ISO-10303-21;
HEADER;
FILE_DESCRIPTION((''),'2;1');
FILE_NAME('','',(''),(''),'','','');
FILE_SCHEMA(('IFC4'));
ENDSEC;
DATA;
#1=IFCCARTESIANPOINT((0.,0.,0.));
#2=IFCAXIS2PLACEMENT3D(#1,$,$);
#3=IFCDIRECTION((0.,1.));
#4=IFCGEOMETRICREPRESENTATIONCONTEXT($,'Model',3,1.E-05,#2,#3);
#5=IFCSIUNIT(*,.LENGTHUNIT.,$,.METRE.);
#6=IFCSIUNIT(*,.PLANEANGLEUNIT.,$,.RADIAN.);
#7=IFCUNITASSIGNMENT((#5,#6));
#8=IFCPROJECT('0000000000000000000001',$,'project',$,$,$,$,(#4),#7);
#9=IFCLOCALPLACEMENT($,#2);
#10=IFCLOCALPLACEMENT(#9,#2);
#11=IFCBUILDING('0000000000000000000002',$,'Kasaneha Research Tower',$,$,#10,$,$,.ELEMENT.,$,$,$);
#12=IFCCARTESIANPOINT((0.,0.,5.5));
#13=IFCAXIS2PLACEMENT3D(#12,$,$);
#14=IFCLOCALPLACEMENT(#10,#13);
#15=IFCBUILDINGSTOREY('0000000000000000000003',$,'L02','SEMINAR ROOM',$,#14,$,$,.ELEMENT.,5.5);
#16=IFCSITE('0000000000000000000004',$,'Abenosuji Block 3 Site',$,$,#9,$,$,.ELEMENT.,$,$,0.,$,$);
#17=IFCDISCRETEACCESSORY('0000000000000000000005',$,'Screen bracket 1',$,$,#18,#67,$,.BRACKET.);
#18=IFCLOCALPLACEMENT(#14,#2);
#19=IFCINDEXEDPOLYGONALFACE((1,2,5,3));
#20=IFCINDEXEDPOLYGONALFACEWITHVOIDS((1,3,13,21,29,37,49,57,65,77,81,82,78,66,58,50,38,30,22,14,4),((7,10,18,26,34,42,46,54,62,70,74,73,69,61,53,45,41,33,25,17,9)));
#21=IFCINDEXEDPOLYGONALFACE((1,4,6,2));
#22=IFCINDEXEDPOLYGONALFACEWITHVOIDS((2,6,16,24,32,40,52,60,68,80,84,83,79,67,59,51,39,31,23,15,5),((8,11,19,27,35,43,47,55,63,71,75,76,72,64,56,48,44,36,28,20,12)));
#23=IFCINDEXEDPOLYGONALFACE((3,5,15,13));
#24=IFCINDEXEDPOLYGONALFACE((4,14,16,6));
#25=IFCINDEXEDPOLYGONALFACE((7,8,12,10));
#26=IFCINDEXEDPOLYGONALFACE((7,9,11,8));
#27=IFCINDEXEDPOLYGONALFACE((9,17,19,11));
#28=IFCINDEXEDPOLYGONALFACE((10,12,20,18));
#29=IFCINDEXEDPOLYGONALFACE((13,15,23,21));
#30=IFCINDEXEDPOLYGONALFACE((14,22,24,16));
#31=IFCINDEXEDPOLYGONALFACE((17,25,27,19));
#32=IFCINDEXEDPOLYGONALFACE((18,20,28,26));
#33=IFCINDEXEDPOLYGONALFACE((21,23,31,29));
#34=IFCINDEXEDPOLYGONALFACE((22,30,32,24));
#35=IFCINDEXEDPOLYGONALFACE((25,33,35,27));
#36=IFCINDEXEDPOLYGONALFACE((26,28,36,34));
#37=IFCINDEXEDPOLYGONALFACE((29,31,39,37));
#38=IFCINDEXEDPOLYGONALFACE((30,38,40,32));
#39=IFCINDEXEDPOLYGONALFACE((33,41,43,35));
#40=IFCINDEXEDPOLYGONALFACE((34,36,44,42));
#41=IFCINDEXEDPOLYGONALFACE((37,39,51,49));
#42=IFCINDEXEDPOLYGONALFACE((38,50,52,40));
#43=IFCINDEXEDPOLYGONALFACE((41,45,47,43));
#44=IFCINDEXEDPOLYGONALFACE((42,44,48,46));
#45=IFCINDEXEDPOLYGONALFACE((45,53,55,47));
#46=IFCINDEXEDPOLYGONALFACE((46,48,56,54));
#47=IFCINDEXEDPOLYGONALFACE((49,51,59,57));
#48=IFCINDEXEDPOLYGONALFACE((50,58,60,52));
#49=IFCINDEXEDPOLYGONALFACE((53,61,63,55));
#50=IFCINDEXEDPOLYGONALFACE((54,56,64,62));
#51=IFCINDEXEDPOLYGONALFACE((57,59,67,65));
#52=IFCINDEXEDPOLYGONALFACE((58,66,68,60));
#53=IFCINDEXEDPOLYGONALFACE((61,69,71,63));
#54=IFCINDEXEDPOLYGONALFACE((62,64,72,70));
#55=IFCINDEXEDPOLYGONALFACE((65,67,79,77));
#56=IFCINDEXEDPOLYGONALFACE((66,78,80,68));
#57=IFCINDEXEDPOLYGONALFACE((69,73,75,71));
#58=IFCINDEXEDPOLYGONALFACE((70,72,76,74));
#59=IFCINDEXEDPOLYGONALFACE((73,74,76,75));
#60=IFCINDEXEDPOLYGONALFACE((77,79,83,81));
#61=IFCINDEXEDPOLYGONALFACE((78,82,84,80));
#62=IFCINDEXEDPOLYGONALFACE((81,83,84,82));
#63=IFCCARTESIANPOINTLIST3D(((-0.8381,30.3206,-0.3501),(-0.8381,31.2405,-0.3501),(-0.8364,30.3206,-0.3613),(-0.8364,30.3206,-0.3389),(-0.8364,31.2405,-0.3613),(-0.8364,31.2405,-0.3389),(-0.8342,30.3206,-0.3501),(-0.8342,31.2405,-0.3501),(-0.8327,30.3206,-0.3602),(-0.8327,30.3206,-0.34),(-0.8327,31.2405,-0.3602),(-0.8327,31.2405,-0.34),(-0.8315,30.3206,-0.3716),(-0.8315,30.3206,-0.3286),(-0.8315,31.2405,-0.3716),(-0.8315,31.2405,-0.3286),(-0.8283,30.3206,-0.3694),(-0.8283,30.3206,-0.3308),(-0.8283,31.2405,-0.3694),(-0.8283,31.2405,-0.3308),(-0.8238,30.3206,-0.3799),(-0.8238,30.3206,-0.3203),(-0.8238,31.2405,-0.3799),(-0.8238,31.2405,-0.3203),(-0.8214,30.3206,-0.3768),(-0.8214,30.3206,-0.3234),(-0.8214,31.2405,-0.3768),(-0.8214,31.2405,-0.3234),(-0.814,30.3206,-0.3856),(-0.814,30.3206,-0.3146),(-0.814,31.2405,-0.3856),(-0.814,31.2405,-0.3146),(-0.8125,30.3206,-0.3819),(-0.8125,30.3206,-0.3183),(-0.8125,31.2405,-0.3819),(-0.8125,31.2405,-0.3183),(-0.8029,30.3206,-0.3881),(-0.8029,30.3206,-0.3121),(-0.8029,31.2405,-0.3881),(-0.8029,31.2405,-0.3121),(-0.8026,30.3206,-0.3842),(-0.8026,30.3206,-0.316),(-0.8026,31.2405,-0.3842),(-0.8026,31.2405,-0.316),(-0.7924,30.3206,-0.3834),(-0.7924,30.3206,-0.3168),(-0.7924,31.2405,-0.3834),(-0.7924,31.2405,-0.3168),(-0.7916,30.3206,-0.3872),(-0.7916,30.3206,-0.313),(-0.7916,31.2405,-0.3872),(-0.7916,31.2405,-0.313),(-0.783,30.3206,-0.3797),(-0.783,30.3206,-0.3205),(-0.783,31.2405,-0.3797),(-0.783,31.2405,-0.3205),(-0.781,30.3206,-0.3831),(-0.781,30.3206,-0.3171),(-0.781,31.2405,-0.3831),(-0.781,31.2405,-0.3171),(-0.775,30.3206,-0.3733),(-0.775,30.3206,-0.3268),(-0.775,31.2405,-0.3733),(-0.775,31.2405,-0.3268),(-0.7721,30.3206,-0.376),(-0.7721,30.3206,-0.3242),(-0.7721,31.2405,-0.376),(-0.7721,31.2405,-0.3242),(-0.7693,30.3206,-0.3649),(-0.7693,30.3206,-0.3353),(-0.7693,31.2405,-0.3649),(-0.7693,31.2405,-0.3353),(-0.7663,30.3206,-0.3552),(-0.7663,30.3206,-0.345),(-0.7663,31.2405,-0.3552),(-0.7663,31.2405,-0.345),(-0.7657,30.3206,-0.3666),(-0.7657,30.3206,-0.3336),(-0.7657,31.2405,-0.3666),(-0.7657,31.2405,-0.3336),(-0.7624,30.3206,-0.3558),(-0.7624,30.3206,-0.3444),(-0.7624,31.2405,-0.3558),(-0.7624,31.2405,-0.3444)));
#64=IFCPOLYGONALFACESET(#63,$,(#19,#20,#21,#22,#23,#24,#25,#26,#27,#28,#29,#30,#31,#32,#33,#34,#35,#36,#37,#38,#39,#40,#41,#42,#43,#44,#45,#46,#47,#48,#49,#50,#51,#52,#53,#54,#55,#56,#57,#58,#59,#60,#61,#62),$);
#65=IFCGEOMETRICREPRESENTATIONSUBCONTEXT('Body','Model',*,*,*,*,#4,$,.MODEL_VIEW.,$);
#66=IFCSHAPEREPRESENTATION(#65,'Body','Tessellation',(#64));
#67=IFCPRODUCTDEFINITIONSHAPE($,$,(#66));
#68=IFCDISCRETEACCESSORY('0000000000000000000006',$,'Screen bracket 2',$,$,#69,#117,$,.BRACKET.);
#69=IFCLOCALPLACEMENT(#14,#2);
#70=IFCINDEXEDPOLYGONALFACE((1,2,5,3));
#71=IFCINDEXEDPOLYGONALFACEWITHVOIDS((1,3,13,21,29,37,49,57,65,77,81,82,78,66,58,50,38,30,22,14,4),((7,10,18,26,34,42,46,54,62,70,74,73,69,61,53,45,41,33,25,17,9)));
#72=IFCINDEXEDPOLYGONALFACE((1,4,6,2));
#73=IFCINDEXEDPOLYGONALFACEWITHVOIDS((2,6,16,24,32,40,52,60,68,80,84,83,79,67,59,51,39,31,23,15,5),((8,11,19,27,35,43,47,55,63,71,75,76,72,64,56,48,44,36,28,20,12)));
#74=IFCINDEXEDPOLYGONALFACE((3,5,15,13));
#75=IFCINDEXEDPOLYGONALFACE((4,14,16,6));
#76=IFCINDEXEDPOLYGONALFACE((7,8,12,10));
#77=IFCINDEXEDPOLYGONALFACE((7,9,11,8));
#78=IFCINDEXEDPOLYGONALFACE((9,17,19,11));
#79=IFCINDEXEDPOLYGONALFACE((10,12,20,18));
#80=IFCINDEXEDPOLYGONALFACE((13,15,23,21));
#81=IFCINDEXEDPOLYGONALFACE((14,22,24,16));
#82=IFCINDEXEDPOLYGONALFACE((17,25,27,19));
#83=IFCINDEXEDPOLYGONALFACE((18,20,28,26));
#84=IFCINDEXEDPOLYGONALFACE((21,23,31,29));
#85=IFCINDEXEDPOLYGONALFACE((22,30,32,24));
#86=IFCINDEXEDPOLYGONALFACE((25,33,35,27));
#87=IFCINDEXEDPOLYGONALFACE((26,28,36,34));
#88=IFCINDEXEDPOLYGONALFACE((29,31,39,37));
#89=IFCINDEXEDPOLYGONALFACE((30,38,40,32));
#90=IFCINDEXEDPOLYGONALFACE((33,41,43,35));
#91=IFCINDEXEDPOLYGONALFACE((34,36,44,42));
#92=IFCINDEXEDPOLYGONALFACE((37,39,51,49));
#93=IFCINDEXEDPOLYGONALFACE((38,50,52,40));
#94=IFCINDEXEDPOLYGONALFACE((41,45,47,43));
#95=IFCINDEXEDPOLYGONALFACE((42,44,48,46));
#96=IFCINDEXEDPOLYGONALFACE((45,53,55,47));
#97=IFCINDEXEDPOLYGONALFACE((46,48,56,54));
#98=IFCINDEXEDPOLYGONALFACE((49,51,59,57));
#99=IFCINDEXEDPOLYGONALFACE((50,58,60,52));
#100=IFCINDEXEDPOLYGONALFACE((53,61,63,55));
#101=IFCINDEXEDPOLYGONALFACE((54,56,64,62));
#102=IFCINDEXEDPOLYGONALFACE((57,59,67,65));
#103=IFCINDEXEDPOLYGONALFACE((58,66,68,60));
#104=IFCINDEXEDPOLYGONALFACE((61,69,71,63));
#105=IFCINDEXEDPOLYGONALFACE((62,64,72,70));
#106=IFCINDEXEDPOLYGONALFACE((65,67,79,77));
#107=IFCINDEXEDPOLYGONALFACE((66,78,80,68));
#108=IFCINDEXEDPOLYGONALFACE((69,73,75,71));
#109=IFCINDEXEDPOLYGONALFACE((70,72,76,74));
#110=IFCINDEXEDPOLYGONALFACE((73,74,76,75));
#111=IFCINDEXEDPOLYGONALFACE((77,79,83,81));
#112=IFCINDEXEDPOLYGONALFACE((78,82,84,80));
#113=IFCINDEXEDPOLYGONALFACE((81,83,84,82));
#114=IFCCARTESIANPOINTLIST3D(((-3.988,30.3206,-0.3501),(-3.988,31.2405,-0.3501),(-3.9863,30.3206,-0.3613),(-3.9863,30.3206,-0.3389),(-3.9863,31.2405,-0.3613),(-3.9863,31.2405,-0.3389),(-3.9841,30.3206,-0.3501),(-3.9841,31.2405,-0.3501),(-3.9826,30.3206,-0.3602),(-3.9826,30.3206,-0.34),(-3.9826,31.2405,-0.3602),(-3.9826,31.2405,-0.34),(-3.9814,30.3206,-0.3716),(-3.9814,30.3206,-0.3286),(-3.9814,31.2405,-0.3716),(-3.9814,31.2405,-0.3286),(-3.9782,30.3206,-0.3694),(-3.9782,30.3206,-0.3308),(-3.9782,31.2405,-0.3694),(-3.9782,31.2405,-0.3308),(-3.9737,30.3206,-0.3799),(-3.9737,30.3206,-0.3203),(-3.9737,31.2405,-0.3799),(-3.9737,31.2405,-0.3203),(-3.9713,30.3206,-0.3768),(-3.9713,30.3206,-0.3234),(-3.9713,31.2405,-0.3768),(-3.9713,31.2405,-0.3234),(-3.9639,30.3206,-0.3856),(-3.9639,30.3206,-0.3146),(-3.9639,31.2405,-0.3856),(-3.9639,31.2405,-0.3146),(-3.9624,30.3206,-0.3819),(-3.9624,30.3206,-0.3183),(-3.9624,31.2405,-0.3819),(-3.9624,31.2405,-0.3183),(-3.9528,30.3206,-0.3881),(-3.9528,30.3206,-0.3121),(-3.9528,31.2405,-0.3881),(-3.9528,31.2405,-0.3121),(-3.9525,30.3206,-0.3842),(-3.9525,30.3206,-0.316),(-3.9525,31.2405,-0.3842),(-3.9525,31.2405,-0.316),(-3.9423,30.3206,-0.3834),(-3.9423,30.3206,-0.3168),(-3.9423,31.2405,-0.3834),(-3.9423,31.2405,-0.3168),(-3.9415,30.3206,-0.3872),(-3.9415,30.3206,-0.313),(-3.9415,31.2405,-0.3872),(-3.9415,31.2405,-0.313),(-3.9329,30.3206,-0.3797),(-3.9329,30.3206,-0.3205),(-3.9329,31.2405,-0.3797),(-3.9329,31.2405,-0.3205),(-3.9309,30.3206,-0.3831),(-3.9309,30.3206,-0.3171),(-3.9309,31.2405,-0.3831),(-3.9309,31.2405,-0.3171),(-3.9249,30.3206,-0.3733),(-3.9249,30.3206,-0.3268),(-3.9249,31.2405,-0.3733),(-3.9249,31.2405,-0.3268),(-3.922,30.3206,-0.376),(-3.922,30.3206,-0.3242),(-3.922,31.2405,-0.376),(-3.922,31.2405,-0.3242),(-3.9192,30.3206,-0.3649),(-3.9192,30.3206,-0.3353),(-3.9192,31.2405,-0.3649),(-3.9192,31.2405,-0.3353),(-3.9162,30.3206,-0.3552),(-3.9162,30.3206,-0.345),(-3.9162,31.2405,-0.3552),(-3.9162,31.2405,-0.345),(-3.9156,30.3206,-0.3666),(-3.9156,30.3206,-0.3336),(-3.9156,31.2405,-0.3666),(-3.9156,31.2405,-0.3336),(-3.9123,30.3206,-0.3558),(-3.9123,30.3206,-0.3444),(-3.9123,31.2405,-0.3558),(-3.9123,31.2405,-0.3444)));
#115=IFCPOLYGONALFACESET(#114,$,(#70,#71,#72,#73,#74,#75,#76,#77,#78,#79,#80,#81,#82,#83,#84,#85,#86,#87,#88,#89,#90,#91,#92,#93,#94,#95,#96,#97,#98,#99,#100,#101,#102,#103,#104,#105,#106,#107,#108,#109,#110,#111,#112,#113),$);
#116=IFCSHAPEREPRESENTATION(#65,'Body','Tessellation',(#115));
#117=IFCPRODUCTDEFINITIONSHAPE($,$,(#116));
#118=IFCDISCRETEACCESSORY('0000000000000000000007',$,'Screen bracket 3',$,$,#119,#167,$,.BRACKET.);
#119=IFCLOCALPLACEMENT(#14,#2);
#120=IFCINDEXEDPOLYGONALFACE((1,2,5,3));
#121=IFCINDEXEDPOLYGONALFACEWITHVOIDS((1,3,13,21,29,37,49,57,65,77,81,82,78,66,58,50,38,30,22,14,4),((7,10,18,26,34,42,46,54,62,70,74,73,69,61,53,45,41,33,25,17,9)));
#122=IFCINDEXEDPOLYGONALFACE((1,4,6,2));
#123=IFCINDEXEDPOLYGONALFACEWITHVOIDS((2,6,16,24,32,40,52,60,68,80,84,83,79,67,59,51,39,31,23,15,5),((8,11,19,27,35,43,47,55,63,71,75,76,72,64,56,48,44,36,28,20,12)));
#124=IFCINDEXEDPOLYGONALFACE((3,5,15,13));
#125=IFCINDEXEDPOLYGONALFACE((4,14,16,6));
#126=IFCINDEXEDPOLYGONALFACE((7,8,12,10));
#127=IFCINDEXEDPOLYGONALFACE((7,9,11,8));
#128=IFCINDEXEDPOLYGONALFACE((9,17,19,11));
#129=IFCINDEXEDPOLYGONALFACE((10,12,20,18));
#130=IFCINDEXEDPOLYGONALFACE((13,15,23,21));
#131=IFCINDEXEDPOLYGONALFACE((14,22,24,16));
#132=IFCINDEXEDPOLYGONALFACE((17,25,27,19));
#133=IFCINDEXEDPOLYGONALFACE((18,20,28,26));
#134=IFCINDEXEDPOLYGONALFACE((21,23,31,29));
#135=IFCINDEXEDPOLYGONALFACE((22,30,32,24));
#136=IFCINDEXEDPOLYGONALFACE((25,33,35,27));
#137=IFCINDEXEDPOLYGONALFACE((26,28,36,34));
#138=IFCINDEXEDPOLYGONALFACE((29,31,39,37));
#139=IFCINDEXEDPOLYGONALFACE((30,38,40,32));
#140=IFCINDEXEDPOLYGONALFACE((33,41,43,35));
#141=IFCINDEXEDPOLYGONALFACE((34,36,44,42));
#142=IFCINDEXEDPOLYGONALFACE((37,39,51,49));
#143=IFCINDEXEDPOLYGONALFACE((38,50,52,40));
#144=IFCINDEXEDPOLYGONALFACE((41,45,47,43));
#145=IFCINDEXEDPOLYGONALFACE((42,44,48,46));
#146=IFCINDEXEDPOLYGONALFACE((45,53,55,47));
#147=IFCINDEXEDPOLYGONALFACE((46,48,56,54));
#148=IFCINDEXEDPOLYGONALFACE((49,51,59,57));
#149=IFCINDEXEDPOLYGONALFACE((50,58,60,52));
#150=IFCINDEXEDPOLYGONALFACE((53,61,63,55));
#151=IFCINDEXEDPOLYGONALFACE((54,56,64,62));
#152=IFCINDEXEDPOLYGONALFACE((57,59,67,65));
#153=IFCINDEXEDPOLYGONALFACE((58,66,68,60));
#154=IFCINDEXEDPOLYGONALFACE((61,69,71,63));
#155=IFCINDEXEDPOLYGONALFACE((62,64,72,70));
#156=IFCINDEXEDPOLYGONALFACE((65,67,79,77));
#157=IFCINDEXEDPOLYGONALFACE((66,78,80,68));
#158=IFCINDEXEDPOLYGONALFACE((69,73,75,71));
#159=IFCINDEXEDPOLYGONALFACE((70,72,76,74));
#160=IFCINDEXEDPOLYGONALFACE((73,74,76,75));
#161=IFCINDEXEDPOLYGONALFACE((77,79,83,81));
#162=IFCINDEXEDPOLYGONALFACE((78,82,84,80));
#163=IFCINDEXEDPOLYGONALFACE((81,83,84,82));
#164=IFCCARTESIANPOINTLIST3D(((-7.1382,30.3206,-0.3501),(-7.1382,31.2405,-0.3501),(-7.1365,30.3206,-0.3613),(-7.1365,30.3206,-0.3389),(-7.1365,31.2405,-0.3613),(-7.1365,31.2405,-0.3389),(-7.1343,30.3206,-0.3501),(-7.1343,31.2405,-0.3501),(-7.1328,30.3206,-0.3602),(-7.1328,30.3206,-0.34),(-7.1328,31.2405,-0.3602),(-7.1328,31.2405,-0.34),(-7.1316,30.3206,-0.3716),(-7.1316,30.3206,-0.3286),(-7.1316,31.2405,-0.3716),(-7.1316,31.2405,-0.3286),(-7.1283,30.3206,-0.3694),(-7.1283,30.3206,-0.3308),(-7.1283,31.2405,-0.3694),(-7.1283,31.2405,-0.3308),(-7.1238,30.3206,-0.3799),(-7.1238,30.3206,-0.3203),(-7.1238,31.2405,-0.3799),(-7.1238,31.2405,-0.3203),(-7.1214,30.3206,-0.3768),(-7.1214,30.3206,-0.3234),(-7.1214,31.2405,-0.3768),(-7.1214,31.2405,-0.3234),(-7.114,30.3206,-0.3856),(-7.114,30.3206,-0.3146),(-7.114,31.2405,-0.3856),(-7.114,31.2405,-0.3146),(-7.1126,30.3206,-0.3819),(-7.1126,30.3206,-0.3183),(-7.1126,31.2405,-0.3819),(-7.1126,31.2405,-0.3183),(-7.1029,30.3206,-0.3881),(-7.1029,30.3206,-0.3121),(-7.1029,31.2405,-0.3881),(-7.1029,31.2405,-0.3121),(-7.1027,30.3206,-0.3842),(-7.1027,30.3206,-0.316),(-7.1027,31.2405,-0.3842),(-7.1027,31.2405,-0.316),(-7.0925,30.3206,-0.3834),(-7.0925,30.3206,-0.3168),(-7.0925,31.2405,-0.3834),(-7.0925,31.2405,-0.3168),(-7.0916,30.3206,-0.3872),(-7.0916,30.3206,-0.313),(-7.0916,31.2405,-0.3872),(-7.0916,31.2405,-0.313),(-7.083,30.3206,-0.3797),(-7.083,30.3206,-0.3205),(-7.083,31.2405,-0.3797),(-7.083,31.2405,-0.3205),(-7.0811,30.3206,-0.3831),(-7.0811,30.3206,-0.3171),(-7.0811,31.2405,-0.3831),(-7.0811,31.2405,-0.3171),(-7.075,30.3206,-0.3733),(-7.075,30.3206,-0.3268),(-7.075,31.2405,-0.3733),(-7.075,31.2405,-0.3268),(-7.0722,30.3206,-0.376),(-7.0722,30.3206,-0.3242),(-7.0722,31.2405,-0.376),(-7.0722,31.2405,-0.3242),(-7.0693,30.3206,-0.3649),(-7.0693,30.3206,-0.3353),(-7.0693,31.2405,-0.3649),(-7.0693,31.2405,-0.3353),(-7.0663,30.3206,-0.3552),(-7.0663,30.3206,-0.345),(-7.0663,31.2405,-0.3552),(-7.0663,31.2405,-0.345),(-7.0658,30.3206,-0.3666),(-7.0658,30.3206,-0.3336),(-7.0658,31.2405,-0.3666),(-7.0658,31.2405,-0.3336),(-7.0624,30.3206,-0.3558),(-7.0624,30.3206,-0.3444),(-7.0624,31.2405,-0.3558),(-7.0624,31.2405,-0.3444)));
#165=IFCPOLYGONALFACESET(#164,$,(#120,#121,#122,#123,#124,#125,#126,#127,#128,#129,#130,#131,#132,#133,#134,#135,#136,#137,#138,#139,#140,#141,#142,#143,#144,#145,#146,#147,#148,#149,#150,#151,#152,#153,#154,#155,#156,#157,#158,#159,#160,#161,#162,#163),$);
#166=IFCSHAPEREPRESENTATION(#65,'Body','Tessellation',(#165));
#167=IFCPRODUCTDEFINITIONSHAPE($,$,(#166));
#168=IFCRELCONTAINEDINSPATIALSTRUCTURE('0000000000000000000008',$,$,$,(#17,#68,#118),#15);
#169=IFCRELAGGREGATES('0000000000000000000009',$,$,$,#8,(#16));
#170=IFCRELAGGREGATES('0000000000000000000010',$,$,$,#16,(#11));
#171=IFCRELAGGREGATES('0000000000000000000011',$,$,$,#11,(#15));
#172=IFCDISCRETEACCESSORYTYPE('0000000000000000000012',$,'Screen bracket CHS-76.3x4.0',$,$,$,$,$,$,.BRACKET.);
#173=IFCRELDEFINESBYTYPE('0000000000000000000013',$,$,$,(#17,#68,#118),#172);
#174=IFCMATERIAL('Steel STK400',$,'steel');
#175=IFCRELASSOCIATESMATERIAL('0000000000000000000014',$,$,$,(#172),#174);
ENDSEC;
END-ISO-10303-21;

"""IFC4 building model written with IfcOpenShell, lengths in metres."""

from ifc_helpers import new_model, si_unit, direction, frame, origin, origin_2d, place, context, subcontext, project, spatial, hollow_circle, extrude, material, material_profile, profile_set, type_object, element, save


model = new_model("IFC4")

# Units and contexts
model_context = context("Model", 3, precision=1e-05, world=origin(), true_north=direction((0.0, 1.0)))
body_context = subcontext(model_context, "Body", "Model", "MODEL_VIEW")
ifc_project = project(units=[si_unit("LENGTHUNIT", "METRE"), si_unit("PLANEANGLEUNIT", "RADIAN")], contexts=[model_context])

# Site, building, storey
site_placement = place(None, origin())
site = spatial("IfcSite", under=ifc_project, at=site_placement, Name="Abenosuji Block 3 Site", CompositionType="ELEMENT", RefElevation=0.0)
building_placement = place(site_placement, origin())
building = spatial("IfcBuilding", under=site, at=building_placement, Name="Kasaneha Research Tower", CompositionType="ELEMENT")
storey_placement = place(building_placement, frame((0.0, 0.0, 5.5)))
storey = spatial("IfcBuildingStorey", under=building, at=storey_placement, Name="L02", Description="SEMINAR ROOM", CompositionType="ELEMENT", Elevation=5.5)

# Discrete accessories
ifc_material_1 = material(Name="Steel STK400", Category="steel")
ifc_material_profile_1 = material_profile(ifc_material_1, hollow_circle(Radius=0.0381, WallThickness=0.0039, at=origin_2d()), Name="CHS-76.3x4.0")
ifc_profile_set_1 = profile_set([ifc_material_profile_1], Name="Steel STK400")
discrete_accessory_type = type_object("IfcDiscreteAccessoryType", Name="Screen bracket CHS-76.3x4.0", PredefinedType="BRACKET", material=ifc_profile_set_1)
for number, where, z_axis, x_axis, name in (
    (1, (-0.8, 30.3206, -0.3501), (0.0, 1.0, 0.0), (-1.0, 0.0, 0.0), "Screen bracket 1"),
    (2, (-3.95, 30.3206, -0.3501), (0.0, 1.0, 0.0), (-1.0, 0.0, 0.0), "Screen bracket 2"),
    (3, (-7.1001, 30.3206, -0.3501), (0.0, 1.0, 0.0), (-1.0, 0.0, 0.0), "Screen bracket 3"),
):
    element("IfcDiscreteAccessory", number, at=place(storey_placement, frame(where, z_axis=z_axis, x_axis=x_axis)), inside=storey, type_object=discrete_accessory_type, Name=name, PredefinedType="BRACKET", context=body_context, shape_type="SweptSolid", body=[
        extrude(hollow_circle(Radius=0.0381, WallThickness=0.0039, at=origin_2d()), origin(), (0.0, 0.0, 1.0), 0.9199),
    ])

save(model, "model.ifc")
